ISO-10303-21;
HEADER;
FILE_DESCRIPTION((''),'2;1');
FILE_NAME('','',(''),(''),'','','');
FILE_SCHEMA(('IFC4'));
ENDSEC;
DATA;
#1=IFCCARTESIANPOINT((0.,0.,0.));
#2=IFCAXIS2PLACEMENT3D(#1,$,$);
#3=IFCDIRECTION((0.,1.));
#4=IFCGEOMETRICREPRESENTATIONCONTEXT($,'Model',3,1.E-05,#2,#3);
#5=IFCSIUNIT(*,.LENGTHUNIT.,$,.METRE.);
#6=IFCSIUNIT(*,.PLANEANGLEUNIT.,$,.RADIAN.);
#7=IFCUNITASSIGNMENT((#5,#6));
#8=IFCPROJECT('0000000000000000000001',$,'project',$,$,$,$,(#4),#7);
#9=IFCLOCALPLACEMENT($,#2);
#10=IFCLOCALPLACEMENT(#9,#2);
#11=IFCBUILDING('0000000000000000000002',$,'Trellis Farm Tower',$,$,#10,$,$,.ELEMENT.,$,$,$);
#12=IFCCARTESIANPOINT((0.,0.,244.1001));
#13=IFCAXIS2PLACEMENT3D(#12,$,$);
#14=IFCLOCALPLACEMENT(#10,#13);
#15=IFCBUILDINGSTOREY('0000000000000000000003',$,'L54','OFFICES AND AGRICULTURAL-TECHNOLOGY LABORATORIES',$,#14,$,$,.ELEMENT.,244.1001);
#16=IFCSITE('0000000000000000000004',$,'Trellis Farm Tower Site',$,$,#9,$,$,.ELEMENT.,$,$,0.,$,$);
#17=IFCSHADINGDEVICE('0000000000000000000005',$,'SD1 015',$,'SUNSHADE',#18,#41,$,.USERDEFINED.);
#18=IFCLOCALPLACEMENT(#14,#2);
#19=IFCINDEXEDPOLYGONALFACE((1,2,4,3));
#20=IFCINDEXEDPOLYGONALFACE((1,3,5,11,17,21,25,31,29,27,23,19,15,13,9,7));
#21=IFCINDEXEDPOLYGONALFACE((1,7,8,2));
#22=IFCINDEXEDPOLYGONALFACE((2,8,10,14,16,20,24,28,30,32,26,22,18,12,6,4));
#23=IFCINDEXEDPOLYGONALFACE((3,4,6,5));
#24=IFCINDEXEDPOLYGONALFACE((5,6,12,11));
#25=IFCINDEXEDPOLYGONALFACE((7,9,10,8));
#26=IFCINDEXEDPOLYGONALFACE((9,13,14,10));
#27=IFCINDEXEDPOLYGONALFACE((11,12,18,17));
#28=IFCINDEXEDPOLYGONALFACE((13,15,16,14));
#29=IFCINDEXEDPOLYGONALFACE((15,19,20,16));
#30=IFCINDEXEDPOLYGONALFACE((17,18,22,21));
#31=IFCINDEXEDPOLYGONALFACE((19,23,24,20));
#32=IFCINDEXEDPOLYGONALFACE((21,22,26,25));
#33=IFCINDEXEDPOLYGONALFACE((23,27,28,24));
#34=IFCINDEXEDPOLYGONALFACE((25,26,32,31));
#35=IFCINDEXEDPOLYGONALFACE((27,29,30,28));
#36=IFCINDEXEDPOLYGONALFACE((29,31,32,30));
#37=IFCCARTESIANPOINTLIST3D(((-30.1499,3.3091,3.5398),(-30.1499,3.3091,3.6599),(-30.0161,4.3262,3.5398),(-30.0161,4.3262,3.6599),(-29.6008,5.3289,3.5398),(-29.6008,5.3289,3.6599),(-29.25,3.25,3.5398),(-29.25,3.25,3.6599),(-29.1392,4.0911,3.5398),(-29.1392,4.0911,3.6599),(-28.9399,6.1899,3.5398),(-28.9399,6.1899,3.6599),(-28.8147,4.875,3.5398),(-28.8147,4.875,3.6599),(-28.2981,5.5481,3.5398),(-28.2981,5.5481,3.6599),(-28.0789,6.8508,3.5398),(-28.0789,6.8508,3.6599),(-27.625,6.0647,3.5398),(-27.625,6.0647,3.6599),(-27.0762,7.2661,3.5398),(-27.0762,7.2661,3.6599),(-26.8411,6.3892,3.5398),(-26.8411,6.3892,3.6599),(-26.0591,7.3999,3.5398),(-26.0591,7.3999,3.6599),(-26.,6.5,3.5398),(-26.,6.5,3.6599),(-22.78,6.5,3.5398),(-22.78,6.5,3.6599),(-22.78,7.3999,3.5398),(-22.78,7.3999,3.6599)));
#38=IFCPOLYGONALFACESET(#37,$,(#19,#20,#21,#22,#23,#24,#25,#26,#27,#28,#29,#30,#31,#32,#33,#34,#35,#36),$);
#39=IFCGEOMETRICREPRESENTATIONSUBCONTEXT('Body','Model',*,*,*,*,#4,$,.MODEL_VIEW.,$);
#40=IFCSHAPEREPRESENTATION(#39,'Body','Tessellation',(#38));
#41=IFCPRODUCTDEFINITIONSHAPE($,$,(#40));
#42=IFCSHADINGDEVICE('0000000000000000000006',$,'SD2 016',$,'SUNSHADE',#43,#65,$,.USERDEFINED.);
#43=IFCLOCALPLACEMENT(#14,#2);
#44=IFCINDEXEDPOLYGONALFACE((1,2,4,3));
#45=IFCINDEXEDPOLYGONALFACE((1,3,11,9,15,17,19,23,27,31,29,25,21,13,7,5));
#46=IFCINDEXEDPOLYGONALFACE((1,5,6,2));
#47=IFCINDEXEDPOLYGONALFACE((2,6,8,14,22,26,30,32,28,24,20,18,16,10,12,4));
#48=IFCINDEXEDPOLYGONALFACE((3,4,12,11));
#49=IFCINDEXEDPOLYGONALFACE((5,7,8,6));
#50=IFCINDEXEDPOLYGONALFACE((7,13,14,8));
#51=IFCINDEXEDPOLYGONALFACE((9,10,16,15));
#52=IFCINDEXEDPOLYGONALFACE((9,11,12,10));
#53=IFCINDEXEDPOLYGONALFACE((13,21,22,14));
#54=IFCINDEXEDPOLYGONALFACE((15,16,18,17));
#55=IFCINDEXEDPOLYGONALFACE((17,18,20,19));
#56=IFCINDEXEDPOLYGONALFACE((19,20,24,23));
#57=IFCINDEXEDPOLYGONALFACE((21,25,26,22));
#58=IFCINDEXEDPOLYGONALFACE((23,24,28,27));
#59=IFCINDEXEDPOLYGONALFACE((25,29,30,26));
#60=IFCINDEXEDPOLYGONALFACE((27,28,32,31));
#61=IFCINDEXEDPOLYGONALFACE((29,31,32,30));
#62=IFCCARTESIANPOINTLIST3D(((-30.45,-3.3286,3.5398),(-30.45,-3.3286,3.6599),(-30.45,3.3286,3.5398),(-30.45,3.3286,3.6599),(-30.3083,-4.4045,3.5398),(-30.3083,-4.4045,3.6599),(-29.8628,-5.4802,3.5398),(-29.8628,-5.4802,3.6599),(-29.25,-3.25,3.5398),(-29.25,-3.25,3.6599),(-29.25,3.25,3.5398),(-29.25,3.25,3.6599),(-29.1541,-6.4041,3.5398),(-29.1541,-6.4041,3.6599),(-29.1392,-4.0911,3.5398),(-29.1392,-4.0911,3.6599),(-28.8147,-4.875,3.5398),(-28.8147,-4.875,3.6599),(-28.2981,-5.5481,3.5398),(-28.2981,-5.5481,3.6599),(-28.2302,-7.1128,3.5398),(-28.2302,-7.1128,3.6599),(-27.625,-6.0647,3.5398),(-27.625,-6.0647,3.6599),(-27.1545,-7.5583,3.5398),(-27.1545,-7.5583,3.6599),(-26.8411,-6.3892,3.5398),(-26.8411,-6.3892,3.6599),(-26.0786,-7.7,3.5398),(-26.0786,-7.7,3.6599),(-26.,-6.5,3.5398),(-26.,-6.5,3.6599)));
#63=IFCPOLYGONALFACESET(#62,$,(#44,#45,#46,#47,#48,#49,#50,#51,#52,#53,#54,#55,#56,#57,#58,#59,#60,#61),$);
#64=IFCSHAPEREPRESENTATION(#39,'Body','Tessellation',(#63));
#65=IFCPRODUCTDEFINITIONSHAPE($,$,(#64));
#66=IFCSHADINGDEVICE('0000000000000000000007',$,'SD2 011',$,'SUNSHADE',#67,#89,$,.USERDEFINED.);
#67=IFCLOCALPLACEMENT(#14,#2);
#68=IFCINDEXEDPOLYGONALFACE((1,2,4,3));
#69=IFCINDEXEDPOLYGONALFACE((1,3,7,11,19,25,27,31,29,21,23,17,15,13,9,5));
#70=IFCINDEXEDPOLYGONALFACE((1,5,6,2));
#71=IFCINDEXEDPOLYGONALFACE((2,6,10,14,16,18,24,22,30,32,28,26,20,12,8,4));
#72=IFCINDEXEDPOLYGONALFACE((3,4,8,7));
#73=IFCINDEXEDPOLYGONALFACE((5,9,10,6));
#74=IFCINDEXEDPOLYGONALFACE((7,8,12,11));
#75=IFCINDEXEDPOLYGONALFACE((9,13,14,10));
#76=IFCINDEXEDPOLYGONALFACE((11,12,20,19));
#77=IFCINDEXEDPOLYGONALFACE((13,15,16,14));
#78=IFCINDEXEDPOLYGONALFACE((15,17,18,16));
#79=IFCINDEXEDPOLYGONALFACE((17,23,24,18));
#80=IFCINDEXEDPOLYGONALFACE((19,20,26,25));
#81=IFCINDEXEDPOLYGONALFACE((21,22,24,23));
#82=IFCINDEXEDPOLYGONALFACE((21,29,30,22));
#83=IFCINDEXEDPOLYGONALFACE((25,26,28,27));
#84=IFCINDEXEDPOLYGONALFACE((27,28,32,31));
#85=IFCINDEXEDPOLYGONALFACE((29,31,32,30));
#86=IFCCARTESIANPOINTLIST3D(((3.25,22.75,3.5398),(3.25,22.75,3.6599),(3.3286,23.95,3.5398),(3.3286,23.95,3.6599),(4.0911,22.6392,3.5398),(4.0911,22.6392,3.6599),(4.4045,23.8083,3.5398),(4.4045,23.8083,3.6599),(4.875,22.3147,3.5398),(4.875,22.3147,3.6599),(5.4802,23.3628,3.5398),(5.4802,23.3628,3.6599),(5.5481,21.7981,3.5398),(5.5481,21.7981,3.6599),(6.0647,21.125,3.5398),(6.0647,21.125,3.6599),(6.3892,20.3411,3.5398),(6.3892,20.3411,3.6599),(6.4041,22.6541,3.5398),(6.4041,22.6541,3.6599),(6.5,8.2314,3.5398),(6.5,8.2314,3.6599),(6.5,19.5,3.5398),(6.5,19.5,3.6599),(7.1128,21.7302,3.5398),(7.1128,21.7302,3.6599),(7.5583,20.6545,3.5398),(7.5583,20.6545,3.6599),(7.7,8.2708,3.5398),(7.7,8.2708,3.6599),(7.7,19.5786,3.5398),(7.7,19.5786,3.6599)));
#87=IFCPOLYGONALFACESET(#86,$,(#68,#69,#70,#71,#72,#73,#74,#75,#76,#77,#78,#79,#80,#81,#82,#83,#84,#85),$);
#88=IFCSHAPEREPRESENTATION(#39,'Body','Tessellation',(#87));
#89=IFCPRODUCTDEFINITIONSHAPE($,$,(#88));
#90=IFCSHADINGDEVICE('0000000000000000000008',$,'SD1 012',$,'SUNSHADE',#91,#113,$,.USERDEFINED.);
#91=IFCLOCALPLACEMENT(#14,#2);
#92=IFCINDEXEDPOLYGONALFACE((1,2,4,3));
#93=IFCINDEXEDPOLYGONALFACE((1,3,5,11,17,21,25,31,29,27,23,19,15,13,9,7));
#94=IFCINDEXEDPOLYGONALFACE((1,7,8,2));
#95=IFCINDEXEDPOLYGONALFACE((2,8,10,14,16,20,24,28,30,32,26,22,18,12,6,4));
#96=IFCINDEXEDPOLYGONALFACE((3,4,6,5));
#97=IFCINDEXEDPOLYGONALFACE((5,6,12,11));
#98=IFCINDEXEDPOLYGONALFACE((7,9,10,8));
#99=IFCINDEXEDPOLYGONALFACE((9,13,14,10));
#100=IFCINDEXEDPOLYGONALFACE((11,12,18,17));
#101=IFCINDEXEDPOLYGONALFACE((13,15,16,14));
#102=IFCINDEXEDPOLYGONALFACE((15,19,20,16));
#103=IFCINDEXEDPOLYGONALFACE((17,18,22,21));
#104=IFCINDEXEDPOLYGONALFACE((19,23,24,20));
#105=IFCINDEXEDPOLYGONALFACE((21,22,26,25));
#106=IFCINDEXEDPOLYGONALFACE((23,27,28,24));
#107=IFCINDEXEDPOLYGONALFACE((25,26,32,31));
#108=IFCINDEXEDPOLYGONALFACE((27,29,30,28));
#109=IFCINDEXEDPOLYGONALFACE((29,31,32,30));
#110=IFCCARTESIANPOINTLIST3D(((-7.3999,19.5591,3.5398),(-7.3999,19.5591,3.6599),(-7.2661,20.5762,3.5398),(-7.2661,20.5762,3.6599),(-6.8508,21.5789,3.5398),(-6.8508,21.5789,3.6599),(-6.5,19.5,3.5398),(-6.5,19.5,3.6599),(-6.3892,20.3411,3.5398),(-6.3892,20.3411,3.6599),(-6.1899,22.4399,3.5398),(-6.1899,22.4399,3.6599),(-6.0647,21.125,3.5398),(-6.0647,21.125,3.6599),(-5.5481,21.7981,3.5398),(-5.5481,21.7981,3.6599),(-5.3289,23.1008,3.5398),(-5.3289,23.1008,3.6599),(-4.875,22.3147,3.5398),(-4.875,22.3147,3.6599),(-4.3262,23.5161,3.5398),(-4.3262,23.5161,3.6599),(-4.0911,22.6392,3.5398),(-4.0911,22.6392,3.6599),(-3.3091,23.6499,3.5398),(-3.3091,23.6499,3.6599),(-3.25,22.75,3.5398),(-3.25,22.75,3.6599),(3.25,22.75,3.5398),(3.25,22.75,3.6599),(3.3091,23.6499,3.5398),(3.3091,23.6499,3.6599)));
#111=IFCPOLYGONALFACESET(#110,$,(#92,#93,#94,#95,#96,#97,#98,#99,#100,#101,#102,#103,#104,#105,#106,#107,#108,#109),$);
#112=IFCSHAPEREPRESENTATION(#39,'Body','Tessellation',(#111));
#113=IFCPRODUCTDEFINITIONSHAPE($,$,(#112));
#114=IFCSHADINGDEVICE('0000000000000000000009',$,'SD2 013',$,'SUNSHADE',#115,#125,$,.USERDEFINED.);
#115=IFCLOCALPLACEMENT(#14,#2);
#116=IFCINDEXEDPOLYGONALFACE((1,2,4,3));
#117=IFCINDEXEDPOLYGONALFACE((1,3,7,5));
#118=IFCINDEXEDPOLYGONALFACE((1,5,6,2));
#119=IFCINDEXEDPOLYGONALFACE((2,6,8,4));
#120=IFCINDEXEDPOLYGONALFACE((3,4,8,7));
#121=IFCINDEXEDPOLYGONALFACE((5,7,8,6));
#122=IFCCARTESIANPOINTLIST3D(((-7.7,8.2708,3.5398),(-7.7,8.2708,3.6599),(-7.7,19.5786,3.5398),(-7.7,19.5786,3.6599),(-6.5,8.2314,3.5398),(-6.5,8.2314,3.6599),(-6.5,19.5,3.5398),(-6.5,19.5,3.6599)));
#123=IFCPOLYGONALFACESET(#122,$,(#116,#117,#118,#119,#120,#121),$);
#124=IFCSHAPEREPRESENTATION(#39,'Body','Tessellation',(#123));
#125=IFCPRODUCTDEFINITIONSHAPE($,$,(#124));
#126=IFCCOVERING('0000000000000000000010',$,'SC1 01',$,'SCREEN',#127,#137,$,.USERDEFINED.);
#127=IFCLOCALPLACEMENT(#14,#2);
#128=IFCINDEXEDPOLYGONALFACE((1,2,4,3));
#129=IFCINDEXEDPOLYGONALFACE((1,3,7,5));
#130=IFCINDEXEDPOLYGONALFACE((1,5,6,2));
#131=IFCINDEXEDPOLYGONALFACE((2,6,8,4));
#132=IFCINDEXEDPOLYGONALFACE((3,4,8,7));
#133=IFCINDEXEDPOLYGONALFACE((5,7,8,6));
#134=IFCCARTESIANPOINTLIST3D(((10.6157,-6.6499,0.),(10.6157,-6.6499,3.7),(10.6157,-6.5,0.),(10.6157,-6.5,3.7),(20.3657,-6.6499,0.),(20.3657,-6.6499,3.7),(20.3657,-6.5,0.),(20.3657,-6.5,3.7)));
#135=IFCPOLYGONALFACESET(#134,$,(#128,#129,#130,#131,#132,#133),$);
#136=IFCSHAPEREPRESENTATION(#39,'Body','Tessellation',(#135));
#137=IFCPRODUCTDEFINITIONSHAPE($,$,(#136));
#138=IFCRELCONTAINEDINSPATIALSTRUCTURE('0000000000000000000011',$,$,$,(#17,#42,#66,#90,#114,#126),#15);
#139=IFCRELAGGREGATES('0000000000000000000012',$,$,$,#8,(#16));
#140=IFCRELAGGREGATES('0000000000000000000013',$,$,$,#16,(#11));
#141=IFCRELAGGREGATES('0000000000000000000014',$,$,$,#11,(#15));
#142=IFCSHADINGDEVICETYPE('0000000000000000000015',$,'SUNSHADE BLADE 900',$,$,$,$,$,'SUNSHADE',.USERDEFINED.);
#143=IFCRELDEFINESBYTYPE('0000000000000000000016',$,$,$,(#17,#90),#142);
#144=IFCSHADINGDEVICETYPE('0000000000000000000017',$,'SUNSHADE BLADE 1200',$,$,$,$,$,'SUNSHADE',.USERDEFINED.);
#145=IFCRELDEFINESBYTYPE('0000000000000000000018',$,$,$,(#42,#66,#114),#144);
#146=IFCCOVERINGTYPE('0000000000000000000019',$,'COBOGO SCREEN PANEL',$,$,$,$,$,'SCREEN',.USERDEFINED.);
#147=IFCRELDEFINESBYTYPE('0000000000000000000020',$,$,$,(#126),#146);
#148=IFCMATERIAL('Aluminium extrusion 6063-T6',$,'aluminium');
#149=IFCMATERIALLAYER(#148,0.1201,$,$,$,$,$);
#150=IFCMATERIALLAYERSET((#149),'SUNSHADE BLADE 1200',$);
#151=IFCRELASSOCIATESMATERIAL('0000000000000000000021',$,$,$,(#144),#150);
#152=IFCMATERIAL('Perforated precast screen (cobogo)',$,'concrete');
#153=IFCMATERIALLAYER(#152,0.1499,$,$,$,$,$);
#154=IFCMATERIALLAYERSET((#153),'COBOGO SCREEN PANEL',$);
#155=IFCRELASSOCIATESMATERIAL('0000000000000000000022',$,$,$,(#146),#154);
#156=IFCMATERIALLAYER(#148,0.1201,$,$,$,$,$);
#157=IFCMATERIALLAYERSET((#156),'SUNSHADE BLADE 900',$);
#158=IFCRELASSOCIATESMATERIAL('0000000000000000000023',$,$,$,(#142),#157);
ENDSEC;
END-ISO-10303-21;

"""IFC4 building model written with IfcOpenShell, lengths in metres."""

from ifc_helpers import new_model, si_unit, direction, frame, origin, place, context, subcontext, project, spatial, polyline, outline, extrude, source, transform, mapped, material, layer, layer_set, type_object, element, save


model = new_model("IFC4")

# Units and contexts
model_context = context("Model", 3, precision=1e-05, world=origin(), true_north=direction((0.0, 1.0)))
body_context = subcontext(model_context, "Body", "Model", "MODEL_VIEW")
ifc_project = project(units=[si_unit("LENGTHUNIT", "METRE"), si_unit("PLANEANGLEUNIT", "RADIAN")], contexts=[model_context])

# Site, building, storey
site_placement = place(None, origin())
site = spatial("IfcSite", under=ifc_project, at=site_placement, Name="Trellis Farm Tower Site", CompositionType="ELEMENT", RefElevation=0.0)
building_placement = place(site_placement, origin())
building = spatial("IfcBuilding", under=site, at=building_placement, Name="Trellis Farm Tower", CompositionType="ELEMENT")
storey_placement = place(building_placement, frame((0.0, 0.0, 244.1001)))
storey = spatial("IfcBuildingStorey", under=building, at=storey_placement, Name="L54", Description="OFFICES AND AGRICULTURAL-TECHNOLOGY LABORATORIES", CompositionType="ELEMENT", Elevation=244.1001)

# Shared definitions
placement_1 = place(storey_placement, origin())
ifc_material_1 = material(Name="Aluminium extrusion 6063-T6", Category="aluminium")

# Shared definitions
ifc_layer_1 = layer(ifc_material_1, 0.1201)
ifc_layer_set_1 = layer_set([ifc_layer_1], Name="SUNSHADE BLADE 1200")
shading_device_type_1 = type_object("IfcShadingDeviceType", Name="SUNSHADE BLADE 1200", ElementType="SUNSHADE", PredefinedType="USERDEFINED", material=ifc_layer_set_1)
placement_2 = place(storey_placement, frame((0.0, 0.0, 3.5398)))

# Shared definitions
ifc_material_2 = material(Name="Perforated precast screen (cobogo)", Category="concrete")
ifc_layer_2 = layer(ifc_material_2, 0.1499)
ifc_layer_set_2 = layer_set([ifc_layer_2], Name="COBOGO SCREEN PANEL")
covering_type = type_object("IfcCoveringType", Name="COBOGO SCREEN PANEL", ElementType="SCREEN", PredefinedType="USERDEFINED", material=ifc_layer_set_2)

# Shading devices
ifc_layer_3 = layer(ifc_material_1, 0.1201)
ifc_layer_set_3 = layer_set([ifc_layer_3], Name="SUNSHADE BLADE 900")
shading_device_type_2 = type_object("IfcShadingDeviceType", Name="SUNSHADE BLADE 900", ElementType="SUNSHADE", PredefinedType="USERDEFINED", material=ifc_layer_set_3)
shared_shape_1 = source(origin(), body_context, "Body", "SweptSolid", [
    extrude(outline(polyline([(-22.78, 7.3999), (-26.0591, 7.3999), (-27.0762, 7.2661), (-28.0789, 6.8508), (-28.9399, 6.1899), (-29.6008, 5.3289), (-30.0161, 4.3262), (-30.1499, 3.3091), (-29.25, 3.25), (-29.1392, 4.0911), (-28.8147, 4.875), (-28.2981, 5.5481), (-27.625, 6.0647), (-26.8411, 6.3892), (-26.0, 6.5), (-22.78, 6.5), (-22.78, 7.3999)])), origin(), (0.0, 0.0, 1.0), 0.1201),
])
element("IfcShadingDevice", 1, at=placement_2, inside=storey, type_object=shading_device_type_2, Name="SD1 015", ObjectType="SUNSHADE", PredefinedType="USERDEFINED", context=body_context, shape_type="MappedRepresentation", body=[
    mapped(shared_shape_1, transform((0.0, 0.0, 0.0))),
])
shared_shape_2 = source(origin(), body_context, "Body", "SweptSolid", [
    extrude(outline(polyline([(-30.45, 3.3286), (-30.45, -3.3286), (-30.3083, -4.4045), (-29.8628, -5.4802), (-29.1541, -6.4041), (-28.2302, -7.1128), (-27.1545, -7.5583), (-26.0786, -7.7), (-26.0, -6.5), (-26.8411, -6.3892), (-27.625, -6.0647), (-28.2981, -5.5481), (-28.8147, -4.875), (-29.1392, -4.0911), (-29.25, -3.25), (-29.25, 3.25), (-30.45, 3.3286)])), origin(), (0.0, 0.0, 1.0), 0.1201),
])
element("IfcShadingDevice", 2, at=placement_2, inside=storey, type_object=shading_device_type_1, Name="SD2 016", ObjectType="SUNSHADE", PredefinedType="USERDEFINED", context=body_context, shape_type="MappedRepresentation", body=[
    mapped(shared_shape_2, transform((0.0, 0.0, 0.0))),
])
shared_shape_3 = source(origin(), body_context, "Body", "SweptSolid", [
    extrude(outline(polyline([(7.7, 8.2708), (7.7, 19.5786), (7.5583, 20.6545), (7.1128, 21.7302), (6.4041, 22.6541), (5.4802, 23.3628), (4.4045, 23.8083), (3.3286, 23.95), (3.25, 22.75), (4.0911, 22.6392), (4.875, 22.3147), (5.5481, 21.7981), (6.0647, 21.125), (6.3892, 20.3411), (6.5, 19.5), (6.5, 8.2314), (7.7, 8.2708)])), origin(), (0.0, 0.0, 1.0), 0.1201),
])
element("IfcShadingDevice", 3, at=placement_2, inside=storey, type_object=shading_device_type_1, Name="SD2 011", ObjectType="SUNSHADE", PredefinedType="USERDEFINED", context=body_context, shape_type="MappedRepresentation", body=[
    mapped(shared_shape_3, transform((0.0, 0.0, 0.0))),
])
shared_shape_4 = source(origin(), body_context, "Body", "SweptSolid", [
    extrude(outline(polyline([(3.3091, 23.6499), (-3.3091, 23.6499), (-4.3262, 23.5161), (-5.3289, 23.1008), (-6.1899, 22.4399), (-6.8508, 21.5789), (-7.2661, 20.5762), (-7.3999, 19.5591), (-6.5, 19.5), (-6.3892, 20.3411), (-6.0647, 21.125), (-5.5481, 21.7981), (-4.875, 22.3147), (-4.0911, 22.6392), (-3.25, 22.75), (3.25, 22.75), (3.3091, 23.6499)])), origin(), (0.0, 0.0, 1.0), 0.1201),
])
element("IfcShadingDevice", 4, at=placement_2, inside=storey, type_object=shading_device_type_2, Name="SD1 012", ObjectType="SUNSHADE", PredefinedType="USERDEFINED", context=body_context, shape_type="MappedRepresentation", body=[
    mapped(shared_shape_4, transform((0.0, 0.0, 0.0))),
])
shared_shape_5 = source(origin(), body_context, "Body", "SweptSolid", [
    extrude(outline(polyline([(-7.7, 19.5786), (-7.7, 8.2708), (-6.5, 8.2314), (-6.5, 19.5), (-7.7, 19.5786)])), origin(), (0.0, 0.0, 1.0), 0.1201),
])
element("IfcShadingDevice", 5, at=placement_2, inside=storey, type_object=shading_device_type_1, Name="SD2 013", ObjectType="SUNSHADE", PredefinedType="USERDEFINED", context=body_context, shape_type="MappedRepresentation", body=[
    mapped(shared_shape_5, transform((0.0, 0.0, 0.0))),
])

# Covering
shared_shape_6 = source(origin(), body_context, "Body", "SweptSolid", [
    extrude(outline(polyline([(10.6157, -6.6499), (20.3657, -6.6499), (20.3657, -6.5), (10.6157, -6.5), (10.6157, -6.6499)])), origin(), (0.0, 0.0, 1.0), 3.7),
])
element("IfcCovering", 6, at=placement_1, inside=storey, type_object=covering_type, Name="SC1 01", ObjectType="SCREEN", PredefinedType="USERDEFINED", context=body_context, shape_type="MappedRepresentation", body=[
    mapped(shared_shape_6, transform((0.0, 0.0, 0.0))),
])

save(model, "model.ifc")
